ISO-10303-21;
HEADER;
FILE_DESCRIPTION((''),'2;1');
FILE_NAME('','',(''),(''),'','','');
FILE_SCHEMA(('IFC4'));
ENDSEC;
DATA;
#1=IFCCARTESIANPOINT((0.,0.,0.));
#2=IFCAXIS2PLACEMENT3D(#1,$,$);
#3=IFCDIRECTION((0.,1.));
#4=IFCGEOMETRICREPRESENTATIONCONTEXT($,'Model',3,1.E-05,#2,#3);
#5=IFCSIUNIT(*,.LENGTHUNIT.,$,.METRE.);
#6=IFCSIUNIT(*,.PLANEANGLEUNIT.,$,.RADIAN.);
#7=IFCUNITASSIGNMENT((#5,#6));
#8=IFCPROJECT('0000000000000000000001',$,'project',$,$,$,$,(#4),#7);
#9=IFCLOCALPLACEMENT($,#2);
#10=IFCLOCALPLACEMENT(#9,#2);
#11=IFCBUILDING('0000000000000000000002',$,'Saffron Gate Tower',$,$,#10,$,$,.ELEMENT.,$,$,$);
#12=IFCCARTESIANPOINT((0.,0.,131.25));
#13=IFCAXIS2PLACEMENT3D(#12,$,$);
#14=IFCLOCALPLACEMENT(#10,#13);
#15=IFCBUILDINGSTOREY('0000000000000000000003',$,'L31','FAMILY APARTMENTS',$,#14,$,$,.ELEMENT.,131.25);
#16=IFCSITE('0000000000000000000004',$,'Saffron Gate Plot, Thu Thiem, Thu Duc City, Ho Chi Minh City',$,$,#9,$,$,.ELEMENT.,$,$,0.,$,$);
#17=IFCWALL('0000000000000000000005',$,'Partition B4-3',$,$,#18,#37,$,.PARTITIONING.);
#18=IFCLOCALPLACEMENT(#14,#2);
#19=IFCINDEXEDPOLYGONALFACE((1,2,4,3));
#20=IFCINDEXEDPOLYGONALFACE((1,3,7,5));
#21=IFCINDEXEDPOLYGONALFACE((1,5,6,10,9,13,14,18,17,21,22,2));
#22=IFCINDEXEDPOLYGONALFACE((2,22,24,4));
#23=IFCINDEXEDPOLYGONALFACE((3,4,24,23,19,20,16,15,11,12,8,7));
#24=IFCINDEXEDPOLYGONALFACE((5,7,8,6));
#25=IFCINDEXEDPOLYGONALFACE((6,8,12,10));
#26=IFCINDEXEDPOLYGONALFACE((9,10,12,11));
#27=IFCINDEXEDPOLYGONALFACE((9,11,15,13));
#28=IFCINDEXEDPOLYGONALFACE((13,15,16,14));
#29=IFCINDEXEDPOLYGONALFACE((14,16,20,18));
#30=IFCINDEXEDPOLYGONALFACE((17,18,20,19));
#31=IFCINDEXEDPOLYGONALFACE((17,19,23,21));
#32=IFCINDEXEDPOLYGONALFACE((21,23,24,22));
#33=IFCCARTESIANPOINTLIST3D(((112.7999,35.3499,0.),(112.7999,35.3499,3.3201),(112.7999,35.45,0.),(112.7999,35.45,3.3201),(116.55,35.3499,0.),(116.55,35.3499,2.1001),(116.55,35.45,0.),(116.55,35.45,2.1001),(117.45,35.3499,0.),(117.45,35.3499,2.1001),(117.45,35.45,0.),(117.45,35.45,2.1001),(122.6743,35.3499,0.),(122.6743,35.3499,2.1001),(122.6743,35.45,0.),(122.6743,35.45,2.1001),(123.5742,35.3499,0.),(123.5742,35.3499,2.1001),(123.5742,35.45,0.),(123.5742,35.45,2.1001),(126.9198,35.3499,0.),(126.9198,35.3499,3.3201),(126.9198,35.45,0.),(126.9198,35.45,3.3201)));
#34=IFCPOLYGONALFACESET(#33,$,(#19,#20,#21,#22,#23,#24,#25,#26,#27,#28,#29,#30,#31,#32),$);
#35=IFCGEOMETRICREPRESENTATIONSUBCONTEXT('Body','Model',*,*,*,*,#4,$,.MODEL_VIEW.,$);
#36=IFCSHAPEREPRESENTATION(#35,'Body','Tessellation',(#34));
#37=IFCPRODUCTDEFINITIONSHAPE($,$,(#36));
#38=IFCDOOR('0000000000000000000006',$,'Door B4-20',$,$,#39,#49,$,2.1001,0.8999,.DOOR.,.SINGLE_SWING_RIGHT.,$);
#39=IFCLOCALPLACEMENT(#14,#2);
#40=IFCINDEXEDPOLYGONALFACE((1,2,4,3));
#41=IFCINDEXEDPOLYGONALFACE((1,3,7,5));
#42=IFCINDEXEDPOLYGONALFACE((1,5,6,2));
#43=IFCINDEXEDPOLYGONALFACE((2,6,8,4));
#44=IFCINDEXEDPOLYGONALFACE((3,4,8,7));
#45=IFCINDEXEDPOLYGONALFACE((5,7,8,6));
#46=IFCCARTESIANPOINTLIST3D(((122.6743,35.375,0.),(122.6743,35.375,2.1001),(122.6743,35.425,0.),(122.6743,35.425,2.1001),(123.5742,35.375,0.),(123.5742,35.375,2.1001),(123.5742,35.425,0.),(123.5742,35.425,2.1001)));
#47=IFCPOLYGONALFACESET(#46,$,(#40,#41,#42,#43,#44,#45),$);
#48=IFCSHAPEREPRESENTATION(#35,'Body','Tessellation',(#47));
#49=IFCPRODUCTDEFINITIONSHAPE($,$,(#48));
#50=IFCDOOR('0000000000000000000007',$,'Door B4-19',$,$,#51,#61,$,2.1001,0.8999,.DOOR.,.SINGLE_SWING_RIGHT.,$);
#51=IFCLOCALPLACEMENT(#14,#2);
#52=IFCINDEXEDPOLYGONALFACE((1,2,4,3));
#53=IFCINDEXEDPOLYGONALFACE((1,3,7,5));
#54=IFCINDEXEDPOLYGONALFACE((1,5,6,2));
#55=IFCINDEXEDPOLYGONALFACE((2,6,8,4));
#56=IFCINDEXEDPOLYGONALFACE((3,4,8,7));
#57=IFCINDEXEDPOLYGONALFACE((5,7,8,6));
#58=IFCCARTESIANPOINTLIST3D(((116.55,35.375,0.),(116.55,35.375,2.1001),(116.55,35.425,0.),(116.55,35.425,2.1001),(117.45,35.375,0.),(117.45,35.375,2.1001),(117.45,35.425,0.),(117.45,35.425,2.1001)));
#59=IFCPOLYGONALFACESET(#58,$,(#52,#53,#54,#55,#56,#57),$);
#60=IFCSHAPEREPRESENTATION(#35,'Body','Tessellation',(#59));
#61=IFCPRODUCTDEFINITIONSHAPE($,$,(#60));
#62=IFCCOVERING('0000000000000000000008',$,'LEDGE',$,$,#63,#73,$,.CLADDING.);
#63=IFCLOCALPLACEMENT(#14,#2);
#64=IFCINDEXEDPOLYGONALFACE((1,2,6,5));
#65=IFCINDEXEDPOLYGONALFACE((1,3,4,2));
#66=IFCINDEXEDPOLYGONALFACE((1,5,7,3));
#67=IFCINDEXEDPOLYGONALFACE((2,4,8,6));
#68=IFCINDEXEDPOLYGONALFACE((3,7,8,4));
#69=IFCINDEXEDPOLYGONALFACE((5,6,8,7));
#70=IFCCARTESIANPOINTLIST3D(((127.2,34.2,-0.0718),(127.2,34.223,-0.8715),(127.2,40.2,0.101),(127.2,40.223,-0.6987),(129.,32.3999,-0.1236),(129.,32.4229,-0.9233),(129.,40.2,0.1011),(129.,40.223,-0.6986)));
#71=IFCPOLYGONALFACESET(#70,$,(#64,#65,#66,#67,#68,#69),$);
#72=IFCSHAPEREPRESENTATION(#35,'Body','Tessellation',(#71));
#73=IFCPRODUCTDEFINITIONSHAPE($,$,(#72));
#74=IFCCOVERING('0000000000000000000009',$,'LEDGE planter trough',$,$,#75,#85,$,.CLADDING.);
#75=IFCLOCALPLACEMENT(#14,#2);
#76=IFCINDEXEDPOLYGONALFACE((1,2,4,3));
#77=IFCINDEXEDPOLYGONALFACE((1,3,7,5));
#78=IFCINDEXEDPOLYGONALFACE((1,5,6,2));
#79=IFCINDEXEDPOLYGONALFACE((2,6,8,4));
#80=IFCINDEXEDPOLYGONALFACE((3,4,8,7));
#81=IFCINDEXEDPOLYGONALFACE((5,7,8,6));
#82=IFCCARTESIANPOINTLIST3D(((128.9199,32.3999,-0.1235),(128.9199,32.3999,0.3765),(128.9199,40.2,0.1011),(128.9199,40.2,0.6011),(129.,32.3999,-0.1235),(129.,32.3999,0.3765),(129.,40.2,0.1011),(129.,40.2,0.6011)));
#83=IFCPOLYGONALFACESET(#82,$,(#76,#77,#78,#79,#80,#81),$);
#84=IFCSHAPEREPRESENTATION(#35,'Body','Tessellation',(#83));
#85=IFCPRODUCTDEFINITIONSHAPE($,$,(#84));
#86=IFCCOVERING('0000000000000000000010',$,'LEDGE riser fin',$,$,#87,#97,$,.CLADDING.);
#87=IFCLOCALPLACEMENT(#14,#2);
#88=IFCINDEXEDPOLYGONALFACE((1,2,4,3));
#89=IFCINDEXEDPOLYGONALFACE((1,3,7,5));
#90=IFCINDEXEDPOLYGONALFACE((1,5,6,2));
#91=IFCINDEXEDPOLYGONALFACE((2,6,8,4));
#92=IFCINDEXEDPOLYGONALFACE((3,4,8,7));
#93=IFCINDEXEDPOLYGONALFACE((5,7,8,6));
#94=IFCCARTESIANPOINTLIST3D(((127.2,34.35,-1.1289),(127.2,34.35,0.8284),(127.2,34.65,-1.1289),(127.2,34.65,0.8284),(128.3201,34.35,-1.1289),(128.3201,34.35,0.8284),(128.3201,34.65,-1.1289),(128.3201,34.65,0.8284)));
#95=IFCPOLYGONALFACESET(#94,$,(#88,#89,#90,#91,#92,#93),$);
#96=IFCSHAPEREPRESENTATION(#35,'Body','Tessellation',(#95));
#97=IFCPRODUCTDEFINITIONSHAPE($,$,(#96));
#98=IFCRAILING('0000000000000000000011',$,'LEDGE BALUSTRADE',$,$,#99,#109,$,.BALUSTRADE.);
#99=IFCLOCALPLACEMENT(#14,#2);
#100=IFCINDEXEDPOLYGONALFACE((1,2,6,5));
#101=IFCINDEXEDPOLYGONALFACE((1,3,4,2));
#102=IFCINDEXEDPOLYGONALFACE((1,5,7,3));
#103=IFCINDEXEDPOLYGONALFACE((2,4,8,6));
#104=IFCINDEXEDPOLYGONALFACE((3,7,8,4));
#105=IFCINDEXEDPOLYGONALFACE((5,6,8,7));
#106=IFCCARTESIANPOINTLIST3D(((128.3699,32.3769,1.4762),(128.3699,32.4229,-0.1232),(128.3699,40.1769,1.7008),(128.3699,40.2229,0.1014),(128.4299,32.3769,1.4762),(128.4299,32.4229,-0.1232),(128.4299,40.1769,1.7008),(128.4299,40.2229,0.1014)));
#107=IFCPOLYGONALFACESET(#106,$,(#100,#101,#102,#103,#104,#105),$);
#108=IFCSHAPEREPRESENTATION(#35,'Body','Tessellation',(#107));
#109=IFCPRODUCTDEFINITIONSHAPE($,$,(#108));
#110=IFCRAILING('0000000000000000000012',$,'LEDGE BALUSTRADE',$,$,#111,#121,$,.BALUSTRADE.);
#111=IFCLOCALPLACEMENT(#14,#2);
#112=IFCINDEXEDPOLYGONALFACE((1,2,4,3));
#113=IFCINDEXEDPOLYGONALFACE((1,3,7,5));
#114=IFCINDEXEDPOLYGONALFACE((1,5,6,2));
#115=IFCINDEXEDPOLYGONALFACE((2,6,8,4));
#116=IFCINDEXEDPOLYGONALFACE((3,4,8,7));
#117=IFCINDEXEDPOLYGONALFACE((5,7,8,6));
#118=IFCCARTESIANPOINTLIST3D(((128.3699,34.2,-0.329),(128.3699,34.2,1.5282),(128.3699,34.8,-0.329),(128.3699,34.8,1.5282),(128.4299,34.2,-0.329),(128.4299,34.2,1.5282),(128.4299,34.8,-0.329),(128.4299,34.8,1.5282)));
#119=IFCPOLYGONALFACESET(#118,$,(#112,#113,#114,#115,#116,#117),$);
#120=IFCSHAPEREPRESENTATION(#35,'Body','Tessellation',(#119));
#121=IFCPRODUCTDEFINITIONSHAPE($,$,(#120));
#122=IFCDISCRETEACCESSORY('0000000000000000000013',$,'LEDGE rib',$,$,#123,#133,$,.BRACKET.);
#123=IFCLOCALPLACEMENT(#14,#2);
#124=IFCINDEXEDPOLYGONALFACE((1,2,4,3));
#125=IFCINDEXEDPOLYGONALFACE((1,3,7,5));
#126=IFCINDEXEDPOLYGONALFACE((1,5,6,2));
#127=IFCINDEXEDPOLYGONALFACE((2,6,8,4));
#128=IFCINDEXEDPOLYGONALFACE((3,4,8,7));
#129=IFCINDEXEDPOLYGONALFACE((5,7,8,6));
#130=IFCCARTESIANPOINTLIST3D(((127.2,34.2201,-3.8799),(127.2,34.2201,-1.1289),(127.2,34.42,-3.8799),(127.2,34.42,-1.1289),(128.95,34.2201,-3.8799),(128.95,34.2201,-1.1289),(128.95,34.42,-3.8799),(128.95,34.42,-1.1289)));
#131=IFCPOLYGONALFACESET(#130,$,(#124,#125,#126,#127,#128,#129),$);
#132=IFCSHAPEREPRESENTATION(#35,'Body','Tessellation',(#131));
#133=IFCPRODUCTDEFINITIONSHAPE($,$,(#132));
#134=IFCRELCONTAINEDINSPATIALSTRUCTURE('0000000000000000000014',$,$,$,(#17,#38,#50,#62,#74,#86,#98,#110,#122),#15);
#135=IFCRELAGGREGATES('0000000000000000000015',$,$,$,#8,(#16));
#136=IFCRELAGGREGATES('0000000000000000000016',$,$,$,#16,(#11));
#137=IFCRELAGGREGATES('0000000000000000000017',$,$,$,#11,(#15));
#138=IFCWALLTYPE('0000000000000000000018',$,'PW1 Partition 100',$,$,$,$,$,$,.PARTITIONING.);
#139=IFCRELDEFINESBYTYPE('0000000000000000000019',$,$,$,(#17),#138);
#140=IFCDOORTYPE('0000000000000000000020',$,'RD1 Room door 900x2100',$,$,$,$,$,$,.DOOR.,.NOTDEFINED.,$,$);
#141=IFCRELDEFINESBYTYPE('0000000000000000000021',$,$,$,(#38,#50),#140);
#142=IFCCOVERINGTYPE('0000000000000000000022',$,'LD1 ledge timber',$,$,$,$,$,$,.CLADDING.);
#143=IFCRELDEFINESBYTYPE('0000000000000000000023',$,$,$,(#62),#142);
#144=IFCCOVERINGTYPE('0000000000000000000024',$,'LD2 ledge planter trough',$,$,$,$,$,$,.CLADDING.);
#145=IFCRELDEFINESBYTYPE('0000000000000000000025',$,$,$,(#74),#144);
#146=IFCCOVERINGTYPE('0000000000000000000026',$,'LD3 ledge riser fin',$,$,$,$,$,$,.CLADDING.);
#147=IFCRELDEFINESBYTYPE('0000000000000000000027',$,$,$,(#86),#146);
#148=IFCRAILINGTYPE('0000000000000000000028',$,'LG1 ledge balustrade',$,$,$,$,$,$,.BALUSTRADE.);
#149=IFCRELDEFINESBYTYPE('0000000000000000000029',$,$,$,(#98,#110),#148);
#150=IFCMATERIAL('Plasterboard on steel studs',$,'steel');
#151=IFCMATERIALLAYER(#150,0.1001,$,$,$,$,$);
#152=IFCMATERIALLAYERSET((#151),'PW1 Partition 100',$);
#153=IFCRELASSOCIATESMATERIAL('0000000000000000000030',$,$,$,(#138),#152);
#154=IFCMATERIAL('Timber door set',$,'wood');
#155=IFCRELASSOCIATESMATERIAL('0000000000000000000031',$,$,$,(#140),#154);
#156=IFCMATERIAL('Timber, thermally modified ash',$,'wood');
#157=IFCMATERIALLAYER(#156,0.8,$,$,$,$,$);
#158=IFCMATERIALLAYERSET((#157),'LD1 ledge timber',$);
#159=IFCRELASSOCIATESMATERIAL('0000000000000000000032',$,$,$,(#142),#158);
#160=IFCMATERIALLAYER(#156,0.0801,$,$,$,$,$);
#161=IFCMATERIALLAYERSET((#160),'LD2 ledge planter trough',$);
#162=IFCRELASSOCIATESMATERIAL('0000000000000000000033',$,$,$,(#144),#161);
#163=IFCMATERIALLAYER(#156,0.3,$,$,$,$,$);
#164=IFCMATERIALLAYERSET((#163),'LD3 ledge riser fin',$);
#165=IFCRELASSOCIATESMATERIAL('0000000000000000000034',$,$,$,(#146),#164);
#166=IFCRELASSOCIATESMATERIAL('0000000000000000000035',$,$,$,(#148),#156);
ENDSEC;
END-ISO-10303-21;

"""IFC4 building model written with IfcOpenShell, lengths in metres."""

from ifc_helpers import new_model, si_unit, direction, frame, frame_2d, origin, origin_2d, place, context, subcontext, project, spatial, polyline, rectangle, outline, extrude, material, layer, layer_set, type_object, element, fill, save


model = new_model("IFC4")

# Units and contexts
model_context = context("Model", 3, precision=1e-05, world=origin(), true_north=direction((0.0, 1.0)))
body_context = subcontext(model_context, "Body", "Model", "MODEL_VIEW")
ifc_project = project(units=[si_unit("LENGTHUNIT", "METRE"), si_unit("PLANEANGLEUNIT", "RADIAN")], contexts=[model_context])

# Site, building, storey
site_placement = place(None, origin())
site = spatial("IfcSite", under=ifc_project, at=site_placement, Name="Saffron Gate Plot, Thu Thiem, Thu Duc City, Ho Chi Minh City", CompositionType="ELEMENT", RefElevation=0.0)
building_placement = place(site_placement, origin())
building = spatial("IfcBuilding", under=site, at=building_placement, Name="Saffron Gate Tower", CompositionType="ELEMENT")
storey_placement = place(building_placement, frame((0.0, 0.0, 131.25)))
storey = spatial("IfcBuildingStorey", under=building, at=storey_placement, Name="L31", Description="FAMILY APARTMENTS", CompositionType="ELEMENT", Elevation=131.25)

# Wall, openings, doors
ifc_material_1 = material(Name="Plasterboard on steel studs", Category="steel")
ifc_layer_1 = layer(ifc_material_1, 0.1001)
ifc_layer_set_1 = layer_set([ifc_layer_1], Name="PW1 Partition 100")
wall_type = type_object("IfcWallType", Name="PW1 Partition 100", PredefinedType="PARTITIONING", material=ifc_layer_set_1)
wall_placement = place(storey_placement, frame((126.9199, 35.3999, 0.0), z_axis=(0.0, 0.0, 1.0), x_axis=(-1.0, 0.0, 0.0)))
wall = element("IfcWall", 1, at=wall_placement, inside=storey, type_object=wall_type, Name="Partition B4-3", PredefinedType="PARTITIONING", context=body_context, shape_type="SweptSolid", body=[
    extrude(rectangle(XDim=14.1199, YDim=0.1001, at=frame_2d((7.0601, 0.0))), origin(), (0.0, 0.0, 1.0), 3.3201),
])
opening_1_placement = place(wall_placement, frame((3.3457, 0.0, 0.0)))
opening_1 = element("IfcOpeningElement", 2, at=opening_1_placement, cuts=wall, PredefinedType="OPENING", context=body_context, shape_type="SweptSolid", body=[
    extrude(rectangle(XDim=0.8999, YDim=2.1001, at=frame_2d((0.45, 1.05))), frame((0.0, 0.0601, 0.0), z_axis=(0.0, -1.0, 0.0), x_axis=(1.0, 0.0, 0.0)), (0.0, 0.0, 1.0), 0.1201),
])
opening_2_placement = place(wall_placement, frame((9.47, 0.0, 0.0)))
opening_2 = element("IfcOpeningElement", 3, at=opening_2_placement, cuts=wall, PredefinedType="OPENING", context=body_context, shape_type="SweptSolid", body=[
    extrude(rectangle(XDim=0.8999, YDim=2.1001, at=frame_2d((0.45, 1.05))), frame((0.0, 0.0601, 0.0), z_axis=(0.0, -1.0, 0.0), x_axis=(1.0, 0.0, 0.0)), (0.0, 0.0, 1.0), 0.1201),
])
ifc_material_2 = material(Name="Timber door set", Category="wood")
door_type = type_object("IfcDoorType", Name="RD1 Room door 900x2100", OperationType="NOTDEFINED", PredefinedType="DOOR", material=ifc_material_2)
door_1_placement = place(opening_1_placement, origin())
door_1 = element("IfcDoor", 4, at=door_1_placement, inside=storey, type_object=door_type, Name="Door B4-20", OperationType="SINGLE_SWING_RIGHT", OverallHeight=2.1001, OverallWidth=0.8999, PredefinedType="DOOR", context=body_context, shape_type="SweptSolid", body=[
    extrude(rectangle(XDim=0.8999, YDim=2.1001, at=frame_2d((0.45, 1.05))), frame((0.0, 0.0249, 0.0), z_axis=(0.0, -1.0, 0.0), x_axis=(1.0, 0.0, 0.0)), (0.0, 0.0, 1.0), 0.05),
])
fill(opening_1, door_1)
door_2_placement = place(opening_2_placement, origin())
door_2 = element("IfcDoor", 5, at=door_2_placement, inside=storey, type_object=door_type, Name="Door B4-19", OperationType="SINGLE_SWING_RIGHT", OverallHeight=2.1001, OverallWidth=0.8999, PredefinedType="DOOR", context=body_context, shape_type="SweptSolid", body=[
    extrude(rectangle(XDim=0.8999, YDim=2.1001, at=frame_2d((0.45, 1.05))), frame((0.0, 0.0249, 0.0), z_axis=(0.0, -1.0, 0.0), x_axis=(1.0, 0.0, 0.0)), (0.0, 0.0, 1.0), 0.05),
])
fill(opening_2, door_2)

# Coverings
ifc_material_3 = material(Name="Timber, thermally modified ash", Category="wood")
ifc_layer_2 = layer(ifc_material_3, 0.8)
ifc_layer_set_2 = layer_set([ifc_layer_2], Name="LD1 ledge timber")
covering_type_1 = type_object("IfcCoveringType", Name="LD1 ledge timber", PredefinedType="CLADDING", material=ifc_layer_set_2)
covering_1_placement = place(storey_placement, frame((127.2, 34.2, -0.0718), z_axis=(-0.000024, -0.028789, 0.999585), x_axis=(0.0, 0.999585, 0.028789)))
element("IfcCovering", 6, at=covering_1_placement, inside=storey, type_object=covering_type_1, Name="LEDGE", PredefinedType="CLADDING", context=body_context, shape_type="SweptSolid", body=[
    extrude(outline(polyline([(0.0, 0.0), (6.0025, 0.0), (6.0025, -1.8), (-1.8008, -1.8), (0.0, 0.0)])), origin(), (0.0, 0.0, -1.0), 0.8),
])
ifc_layer_3 = layer(ifc_material_3, 0.0801)
ifc_layer_set_3 = layer_set([ifc_layer_3], Name="LD2 ledge planter trough")
covering_type_2 = type_object("IfcCoveringType", Name="LD2 ledge planter trough", PredefinedType="CLADDING", material=ifc_layer_set_3)
covering_2_placement = place(storey_placement, frame((129.0, 32.3999, -0.1235), z_axis=(1.0, 0.0, 0.0), x_axis=(0.0, 0.999586, 0.028784)))
element("IfcCovering", 7, at=covering_2_placement, inside=storey, type_object=covering_type_2, Name="LEDGE planter trough", PredefinedType="CLADDING", context=body_context, shape_type="SweptSolid", body=[
    extrude(outline(polyline([(0.0, 0.0), (7.8033, 0.0), (7.8177, 0.4998), (0.0144, 0.4998), (0.0, 0.0)])), origin(), (0.0, 0.0, -1.0), 0.0801),
])
ifc_layer_4 = layer(ifc_material_3, 0.3)
ifc_layer_set_4 = layer_set([ifc_layer_4], Name="LD3 ledge riser fin")
covering_type_3 = type_object("IfcCoveringType", Name="LD3 ledge riser fin", PredefinedType="CLADDING", material=ifc_layer_set_4)
covering_3_placement = place(storey_placement, frame((127.76, 34.5, -1.1289), z_axis=(0.0, 0.0, 1.0), x_axis=(0.0, 1.0, 0.0)))
element("IfcCovering", 8, at=covering_3_placement, inside=storey, type_object=covering_type_3, Name="LEDGE riser fin", PredefinedType="CLADDING", context=body_context, shape_type="SweptSolid", body=[
    extrude(rectangle(XDim=0.3, YDim=1.1201, at=origin_2d()), origin(), (0.0, 0.0, 1.0), 1.9573),
])

# Railings
railing_type = type_object("IfcRailingType", Name="LG1 ledge balustrade", PredefinedType="BALUSTRADE", material=ifc_material_3)
railing_1_placement = place(storey_placement, frame((128.3999, 32.3999, -0.1235)))
element("IfcRailing", 9, at=railing_1_placement, inside=storey, type_object=railing_type, Name="LEDGE BALUSTRADE", PredefinedType="BALUSTRADE", context=body_context, shape_type="SweptSolid", body=[
    extrude(rectangle(XDim=0.0601, YDim=1.6001, at=origin_2d()), frame((0.0, 0.0, 0.8), z_axis=(0.0, 0.999586, 0.028784), x_axis=(-1.0, 0.0, 0.0)), (0.0, 0.0, 1.0), 7.8032),
])
railing_2_placement = place(storey_placement, frame((128.3999, 34.2, -0.3291)))
element("IfcRailing", 10, at=railing_2_placement, inside=storey, type_object=railing_type, Name="LEDGE BALUSTRADE", PredefinedType="BALUSTRADE", context=body_context, shape_type="SweptSolid", body=[
    extrude(rectangle(XDim=0.0601, YDim=1.8572, at=origin_2d()), frame((0.0, 0.0, 0.9287), z_axis=(0.0, 1.0, 0.0), x_axis=(-1.0, 0.0, 0.0)), (0.0, 0.0, 1.0), 0.6001),
])

# Discrete accessory
discrete_accessory_placement = place(storey_placement, frame((128.075, 34.3201, -3.8799), z_axis=(0.0, 0.0, 1.0), x_axis=(0.0, 1.0, 0.0)))
element("IfcDiscreteAccessory", 11, at=discrete_accessory_placement, inside=storey, Name="LEDGE rib", PredefinedType="BRACKET", context=body_context, shape_type="SweptSolid", body=[
    extrude(rectangle(XDim=0.2, YDim=1.75, at=origin_2d()), origin(), (0.0, 0.0, 1.0), 2.751),
])

save(model, "model.ifc")
